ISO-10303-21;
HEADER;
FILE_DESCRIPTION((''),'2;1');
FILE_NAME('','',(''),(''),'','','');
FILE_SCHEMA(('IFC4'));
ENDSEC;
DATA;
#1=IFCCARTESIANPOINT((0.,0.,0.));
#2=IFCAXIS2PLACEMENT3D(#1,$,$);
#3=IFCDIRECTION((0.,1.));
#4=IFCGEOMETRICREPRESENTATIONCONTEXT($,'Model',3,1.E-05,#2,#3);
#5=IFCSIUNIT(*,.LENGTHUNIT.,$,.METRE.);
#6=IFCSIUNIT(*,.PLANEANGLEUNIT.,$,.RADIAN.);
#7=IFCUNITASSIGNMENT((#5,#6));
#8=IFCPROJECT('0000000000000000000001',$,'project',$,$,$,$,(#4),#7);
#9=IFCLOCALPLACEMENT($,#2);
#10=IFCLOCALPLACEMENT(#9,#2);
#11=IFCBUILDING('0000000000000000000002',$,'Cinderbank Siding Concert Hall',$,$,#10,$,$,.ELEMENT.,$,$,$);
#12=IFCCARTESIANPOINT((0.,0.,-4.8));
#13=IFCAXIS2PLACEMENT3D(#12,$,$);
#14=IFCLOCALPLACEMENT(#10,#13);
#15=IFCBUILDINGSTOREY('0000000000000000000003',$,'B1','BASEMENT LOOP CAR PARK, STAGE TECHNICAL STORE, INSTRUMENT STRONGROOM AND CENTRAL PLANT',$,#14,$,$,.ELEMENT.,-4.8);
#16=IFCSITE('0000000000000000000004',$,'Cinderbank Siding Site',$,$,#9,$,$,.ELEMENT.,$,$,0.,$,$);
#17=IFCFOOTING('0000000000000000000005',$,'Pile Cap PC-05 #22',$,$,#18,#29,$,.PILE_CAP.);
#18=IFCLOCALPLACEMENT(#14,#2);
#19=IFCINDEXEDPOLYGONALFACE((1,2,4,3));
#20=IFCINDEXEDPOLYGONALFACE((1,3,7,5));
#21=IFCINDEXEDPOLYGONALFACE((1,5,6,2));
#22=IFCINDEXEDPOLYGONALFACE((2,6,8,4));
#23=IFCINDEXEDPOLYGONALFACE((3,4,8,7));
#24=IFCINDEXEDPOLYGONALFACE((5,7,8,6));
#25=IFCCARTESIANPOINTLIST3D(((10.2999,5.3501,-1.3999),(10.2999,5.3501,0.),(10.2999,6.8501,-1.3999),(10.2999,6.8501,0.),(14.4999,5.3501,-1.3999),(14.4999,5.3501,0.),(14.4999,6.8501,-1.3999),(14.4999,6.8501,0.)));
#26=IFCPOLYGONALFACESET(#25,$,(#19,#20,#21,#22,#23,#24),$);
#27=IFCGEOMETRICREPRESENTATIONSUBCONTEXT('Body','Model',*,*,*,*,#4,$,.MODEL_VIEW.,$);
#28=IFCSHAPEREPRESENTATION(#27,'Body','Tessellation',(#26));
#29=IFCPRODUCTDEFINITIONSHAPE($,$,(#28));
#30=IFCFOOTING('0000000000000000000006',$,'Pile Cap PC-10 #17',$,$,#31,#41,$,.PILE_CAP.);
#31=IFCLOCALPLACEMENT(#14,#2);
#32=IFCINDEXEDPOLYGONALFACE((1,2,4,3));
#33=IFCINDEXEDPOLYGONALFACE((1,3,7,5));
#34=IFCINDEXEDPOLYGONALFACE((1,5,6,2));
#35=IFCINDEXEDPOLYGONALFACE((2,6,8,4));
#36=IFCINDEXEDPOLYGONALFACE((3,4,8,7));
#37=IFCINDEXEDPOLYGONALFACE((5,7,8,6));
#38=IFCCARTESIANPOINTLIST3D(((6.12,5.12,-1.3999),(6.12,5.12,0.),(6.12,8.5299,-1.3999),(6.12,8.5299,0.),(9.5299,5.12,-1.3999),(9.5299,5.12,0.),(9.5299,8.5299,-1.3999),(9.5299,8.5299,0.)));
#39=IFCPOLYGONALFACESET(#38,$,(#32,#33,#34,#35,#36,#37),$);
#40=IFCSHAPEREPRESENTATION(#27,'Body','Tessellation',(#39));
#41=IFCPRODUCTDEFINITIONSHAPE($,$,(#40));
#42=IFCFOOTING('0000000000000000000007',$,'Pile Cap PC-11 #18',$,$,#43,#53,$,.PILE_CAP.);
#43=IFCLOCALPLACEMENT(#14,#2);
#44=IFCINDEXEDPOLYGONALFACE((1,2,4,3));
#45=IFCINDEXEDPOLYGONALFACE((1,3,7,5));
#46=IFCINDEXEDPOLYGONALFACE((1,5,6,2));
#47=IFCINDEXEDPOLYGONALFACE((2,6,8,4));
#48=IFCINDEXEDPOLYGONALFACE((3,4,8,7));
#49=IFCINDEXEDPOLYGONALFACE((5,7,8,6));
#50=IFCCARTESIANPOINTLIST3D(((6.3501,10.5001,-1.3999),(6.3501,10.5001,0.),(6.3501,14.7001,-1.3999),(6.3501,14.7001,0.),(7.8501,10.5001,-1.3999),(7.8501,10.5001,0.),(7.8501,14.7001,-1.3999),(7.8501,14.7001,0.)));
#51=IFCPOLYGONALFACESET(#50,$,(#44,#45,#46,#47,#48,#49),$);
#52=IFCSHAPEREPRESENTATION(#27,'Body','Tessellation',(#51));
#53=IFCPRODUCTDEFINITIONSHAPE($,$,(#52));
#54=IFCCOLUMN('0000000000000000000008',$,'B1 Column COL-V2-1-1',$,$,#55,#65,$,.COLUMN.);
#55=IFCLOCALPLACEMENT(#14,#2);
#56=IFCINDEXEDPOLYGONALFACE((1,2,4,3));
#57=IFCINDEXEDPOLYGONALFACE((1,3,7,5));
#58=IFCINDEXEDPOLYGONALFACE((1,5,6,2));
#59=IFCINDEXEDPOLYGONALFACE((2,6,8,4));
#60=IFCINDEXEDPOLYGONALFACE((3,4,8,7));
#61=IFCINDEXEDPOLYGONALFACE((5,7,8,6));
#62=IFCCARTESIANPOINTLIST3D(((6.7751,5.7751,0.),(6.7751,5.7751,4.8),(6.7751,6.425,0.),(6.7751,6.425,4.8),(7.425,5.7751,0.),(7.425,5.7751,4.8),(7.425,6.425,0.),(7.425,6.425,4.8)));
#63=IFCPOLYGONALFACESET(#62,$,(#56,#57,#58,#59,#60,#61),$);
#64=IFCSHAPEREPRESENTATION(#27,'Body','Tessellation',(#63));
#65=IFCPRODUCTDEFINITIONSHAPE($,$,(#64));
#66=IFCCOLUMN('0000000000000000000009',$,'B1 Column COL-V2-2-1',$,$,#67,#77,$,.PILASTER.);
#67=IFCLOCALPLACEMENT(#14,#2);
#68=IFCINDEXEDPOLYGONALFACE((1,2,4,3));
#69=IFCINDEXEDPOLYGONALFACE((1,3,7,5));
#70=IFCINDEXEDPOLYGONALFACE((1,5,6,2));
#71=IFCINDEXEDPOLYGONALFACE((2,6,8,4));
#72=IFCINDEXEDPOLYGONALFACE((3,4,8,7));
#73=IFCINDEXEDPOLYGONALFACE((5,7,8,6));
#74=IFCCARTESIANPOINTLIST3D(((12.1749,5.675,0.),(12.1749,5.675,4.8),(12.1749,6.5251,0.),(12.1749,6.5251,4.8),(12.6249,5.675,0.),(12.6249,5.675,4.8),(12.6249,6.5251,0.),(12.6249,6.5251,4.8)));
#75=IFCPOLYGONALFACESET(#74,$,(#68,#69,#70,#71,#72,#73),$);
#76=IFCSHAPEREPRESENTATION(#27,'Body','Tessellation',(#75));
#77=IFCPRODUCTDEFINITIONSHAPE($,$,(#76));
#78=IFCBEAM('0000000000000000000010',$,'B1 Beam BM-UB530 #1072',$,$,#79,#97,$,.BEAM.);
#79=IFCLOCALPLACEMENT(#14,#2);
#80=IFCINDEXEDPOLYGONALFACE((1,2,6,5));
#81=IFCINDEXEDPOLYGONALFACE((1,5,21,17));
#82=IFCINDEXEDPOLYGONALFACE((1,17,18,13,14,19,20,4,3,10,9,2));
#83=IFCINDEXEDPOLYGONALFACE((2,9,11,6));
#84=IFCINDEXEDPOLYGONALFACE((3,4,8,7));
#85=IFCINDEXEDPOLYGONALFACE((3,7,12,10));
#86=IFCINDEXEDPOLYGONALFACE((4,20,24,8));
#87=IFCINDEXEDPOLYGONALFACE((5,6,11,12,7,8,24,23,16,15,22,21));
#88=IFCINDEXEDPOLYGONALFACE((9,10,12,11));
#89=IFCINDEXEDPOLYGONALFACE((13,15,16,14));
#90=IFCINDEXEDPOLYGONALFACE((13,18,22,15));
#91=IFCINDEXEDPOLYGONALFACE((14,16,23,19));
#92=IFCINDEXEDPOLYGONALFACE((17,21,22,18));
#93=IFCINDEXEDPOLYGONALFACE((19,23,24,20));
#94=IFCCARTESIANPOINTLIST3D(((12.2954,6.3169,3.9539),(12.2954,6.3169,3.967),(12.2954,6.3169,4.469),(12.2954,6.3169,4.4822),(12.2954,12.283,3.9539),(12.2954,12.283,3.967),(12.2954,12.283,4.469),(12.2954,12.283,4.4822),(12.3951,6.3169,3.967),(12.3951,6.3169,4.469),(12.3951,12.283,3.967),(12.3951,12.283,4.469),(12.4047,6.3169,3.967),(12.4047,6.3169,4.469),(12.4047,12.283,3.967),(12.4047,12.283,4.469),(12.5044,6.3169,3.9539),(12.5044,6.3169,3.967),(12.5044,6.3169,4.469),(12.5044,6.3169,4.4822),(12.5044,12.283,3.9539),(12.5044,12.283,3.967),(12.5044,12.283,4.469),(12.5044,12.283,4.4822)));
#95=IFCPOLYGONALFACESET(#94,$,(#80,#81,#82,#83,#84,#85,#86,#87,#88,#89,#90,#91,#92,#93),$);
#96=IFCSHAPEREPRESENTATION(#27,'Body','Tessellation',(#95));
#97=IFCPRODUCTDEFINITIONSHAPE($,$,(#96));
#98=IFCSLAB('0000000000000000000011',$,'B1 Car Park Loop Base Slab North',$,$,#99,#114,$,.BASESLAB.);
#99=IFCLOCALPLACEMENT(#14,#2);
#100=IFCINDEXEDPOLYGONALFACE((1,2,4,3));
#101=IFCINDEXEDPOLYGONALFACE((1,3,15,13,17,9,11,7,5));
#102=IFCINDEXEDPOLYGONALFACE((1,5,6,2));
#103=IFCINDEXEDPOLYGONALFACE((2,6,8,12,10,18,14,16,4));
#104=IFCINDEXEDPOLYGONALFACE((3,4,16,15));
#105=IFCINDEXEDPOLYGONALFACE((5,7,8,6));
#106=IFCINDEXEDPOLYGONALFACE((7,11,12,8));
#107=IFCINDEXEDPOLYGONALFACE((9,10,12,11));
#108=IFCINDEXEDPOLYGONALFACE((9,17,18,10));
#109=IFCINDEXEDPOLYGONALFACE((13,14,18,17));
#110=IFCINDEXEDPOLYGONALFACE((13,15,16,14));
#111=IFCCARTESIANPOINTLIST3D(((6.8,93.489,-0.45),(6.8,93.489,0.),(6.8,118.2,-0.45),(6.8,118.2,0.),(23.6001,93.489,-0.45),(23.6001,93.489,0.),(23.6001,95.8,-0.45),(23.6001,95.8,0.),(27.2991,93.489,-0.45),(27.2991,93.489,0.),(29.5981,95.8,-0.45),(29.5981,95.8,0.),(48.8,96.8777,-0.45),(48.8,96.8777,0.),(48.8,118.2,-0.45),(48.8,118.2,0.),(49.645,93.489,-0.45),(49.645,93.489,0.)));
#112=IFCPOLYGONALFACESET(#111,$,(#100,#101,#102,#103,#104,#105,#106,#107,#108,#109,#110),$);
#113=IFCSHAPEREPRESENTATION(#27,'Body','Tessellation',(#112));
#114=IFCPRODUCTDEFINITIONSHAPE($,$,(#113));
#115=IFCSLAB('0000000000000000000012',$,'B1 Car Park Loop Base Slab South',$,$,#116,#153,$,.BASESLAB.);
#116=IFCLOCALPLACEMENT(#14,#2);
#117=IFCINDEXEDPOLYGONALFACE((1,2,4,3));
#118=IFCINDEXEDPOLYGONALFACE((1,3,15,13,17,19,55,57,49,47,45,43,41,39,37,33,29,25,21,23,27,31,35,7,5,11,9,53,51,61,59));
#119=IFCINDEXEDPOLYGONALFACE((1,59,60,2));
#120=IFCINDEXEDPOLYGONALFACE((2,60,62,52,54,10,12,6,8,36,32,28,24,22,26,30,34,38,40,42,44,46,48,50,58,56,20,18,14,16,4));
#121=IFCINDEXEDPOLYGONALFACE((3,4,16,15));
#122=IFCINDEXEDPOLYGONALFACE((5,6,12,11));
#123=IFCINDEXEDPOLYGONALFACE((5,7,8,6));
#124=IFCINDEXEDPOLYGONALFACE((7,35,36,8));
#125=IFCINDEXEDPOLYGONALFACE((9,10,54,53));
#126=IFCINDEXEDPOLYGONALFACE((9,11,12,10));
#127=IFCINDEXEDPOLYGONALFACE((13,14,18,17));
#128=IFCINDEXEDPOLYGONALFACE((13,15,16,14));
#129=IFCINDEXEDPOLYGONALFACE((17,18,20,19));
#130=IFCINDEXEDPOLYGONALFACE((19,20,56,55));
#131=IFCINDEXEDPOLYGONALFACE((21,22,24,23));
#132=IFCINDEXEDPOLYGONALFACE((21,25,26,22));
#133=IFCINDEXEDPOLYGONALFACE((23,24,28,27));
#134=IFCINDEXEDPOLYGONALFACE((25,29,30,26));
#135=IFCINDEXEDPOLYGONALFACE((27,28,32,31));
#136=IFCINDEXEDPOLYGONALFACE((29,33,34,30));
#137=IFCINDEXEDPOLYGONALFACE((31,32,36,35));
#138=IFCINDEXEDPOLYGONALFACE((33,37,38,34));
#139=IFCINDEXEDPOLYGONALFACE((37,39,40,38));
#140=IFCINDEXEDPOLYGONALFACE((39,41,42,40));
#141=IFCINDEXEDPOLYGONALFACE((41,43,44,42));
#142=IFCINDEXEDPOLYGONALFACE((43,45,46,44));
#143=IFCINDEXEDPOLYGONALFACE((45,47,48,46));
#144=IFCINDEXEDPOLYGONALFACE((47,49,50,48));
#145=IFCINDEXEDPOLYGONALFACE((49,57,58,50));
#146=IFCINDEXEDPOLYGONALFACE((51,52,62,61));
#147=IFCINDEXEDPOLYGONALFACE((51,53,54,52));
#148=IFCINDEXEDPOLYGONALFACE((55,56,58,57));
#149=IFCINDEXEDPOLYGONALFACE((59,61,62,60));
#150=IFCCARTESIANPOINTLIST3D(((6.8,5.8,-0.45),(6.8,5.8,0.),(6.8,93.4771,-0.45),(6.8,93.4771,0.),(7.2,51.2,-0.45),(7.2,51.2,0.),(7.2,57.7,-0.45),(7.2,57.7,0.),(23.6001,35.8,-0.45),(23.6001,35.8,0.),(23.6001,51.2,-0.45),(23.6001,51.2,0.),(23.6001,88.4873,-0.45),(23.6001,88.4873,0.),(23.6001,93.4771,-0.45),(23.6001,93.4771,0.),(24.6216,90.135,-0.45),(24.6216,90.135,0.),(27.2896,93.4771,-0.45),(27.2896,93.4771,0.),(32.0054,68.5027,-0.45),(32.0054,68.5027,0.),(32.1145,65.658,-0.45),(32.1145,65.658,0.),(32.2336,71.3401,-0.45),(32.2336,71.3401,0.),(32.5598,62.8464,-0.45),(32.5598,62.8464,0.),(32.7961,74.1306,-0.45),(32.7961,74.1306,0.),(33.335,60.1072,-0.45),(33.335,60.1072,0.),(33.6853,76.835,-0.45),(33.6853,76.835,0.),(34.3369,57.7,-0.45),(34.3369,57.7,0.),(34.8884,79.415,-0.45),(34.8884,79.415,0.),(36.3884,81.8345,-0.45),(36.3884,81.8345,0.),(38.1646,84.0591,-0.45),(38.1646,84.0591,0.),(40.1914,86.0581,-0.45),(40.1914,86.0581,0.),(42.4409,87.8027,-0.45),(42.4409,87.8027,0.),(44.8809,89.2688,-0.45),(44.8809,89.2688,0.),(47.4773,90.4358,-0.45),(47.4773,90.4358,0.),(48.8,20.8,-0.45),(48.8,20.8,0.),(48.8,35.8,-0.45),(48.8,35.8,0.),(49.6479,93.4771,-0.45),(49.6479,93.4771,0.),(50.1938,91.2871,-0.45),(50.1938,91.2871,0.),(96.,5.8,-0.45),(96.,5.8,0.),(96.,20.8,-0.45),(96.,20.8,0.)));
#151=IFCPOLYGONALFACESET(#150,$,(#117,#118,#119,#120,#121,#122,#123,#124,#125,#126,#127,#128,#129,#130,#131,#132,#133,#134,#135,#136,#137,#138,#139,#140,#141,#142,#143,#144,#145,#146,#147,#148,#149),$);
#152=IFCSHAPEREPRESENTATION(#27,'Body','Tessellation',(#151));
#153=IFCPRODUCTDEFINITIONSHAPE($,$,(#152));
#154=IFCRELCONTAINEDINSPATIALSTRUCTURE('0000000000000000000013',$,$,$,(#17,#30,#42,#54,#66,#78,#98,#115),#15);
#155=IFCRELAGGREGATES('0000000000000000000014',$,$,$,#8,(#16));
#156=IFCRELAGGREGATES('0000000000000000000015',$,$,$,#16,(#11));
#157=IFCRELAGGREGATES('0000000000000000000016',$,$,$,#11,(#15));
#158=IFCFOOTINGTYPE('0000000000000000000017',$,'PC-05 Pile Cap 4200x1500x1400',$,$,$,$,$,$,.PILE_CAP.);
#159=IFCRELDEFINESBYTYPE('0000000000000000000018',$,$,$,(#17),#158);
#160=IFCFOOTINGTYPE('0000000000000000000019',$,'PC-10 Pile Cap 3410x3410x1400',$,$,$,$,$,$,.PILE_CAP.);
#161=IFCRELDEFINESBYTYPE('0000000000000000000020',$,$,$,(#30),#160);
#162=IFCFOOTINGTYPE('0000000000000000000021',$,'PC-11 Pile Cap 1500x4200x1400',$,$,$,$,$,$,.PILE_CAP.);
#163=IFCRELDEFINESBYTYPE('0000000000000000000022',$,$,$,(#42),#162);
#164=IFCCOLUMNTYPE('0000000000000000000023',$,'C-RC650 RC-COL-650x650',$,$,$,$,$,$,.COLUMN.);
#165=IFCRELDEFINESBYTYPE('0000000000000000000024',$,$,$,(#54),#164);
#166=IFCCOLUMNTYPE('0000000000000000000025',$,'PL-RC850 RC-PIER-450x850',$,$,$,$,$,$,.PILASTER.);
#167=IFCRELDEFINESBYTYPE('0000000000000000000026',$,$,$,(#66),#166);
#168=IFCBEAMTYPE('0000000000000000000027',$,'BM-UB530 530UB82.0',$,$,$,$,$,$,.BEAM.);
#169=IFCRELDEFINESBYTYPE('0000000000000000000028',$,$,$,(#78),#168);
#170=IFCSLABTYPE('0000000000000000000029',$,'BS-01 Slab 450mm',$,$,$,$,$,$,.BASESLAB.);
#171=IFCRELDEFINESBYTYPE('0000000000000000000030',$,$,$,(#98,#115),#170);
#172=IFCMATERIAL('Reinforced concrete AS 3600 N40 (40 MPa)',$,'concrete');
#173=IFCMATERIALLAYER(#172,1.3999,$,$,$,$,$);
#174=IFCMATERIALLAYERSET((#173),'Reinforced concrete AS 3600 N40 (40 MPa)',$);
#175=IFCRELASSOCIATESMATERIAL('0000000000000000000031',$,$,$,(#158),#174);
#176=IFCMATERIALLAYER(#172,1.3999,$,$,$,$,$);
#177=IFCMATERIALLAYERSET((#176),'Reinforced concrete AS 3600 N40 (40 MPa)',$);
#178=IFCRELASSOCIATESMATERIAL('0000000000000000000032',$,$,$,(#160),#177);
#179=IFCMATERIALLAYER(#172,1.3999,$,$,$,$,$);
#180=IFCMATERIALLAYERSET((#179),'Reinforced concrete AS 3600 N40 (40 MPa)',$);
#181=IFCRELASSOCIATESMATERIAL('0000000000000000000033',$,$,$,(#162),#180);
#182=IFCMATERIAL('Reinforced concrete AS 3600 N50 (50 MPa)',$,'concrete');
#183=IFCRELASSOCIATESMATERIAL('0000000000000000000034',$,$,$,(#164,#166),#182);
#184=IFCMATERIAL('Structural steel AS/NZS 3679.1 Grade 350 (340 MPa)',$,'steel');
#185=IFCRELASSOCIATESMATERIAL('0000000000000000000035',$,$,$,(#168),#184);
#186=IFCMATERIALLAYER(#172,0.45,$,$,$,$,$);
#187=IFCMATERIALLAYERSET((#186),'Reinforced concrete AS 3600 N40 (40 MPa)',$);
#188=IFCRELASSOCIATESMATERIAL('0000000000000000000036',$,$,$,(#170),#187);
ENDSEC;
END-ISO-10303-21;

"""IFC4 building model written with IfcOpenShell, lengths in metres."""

from ifc_helpers import new_model, si_unit, direction, frame, origin, origin_2d, place, context, subcontext, project, spatial, polyline, rectangle, i_section, outline, extrude, material, layer, layer_set, material_profile, profile_set, type_object, element, save


model = new_model("IFC4")

# Units and contexts
model_context = context("Model", 3, precision=1e-05, world=origin(), true_north=direction((0.0, 1.0)))
body_context = subcontext(model_context, "Body", "Model", "MODEL_VIEW")
ifc_project = project(units=[si_unit("LENGTHUNIT", "METRE"), si_unit("PLANEANGLEUNIT", "RADIAN")], contexts=[model_context])

# Site, building, storey
site_placement = place(None, origin())
site = spatial("IfcSite", under=ifc_project, at=site_placement, Name="Cinderbank Siding Site", CompositionType="ELEMENT", RefElevation=0.0)
building_placement = place(site_placement, origin())
building = spatial("IfcBuilding", under=site, at=building_placement, Name="Cinderbank Siding Concert Hall", CompositionType="ELEMENT")
storey_placement = place(building_placement, frame((0.0, 0.0, -4.8)))
storey = spatial("IfcBuildingStorey", under=building, at=storey_placement, Name="B1", Description="BASEMENT LOOP CAR PARK, STAGE TECHNICAL STORE, INSTRUMENT STRONGROOM AND CENTRAL PLANT", CompositionType="ELEMENT", Elevation=-4.8)

# Shared definitions
ifc_material_1 = material(Name="Reinforced concrete AS 3600 N40 (40 MPa)", Category="concrete")

# Footings
ifc_layer_1 = layer(ifc_material_1, 1.3999)
ifc_layer_set_1 = layer_set([ifc_layer_1], Name="Reinforced concrete AS 3600 N40 (40 MPa)")
footing_type_1 = type_object("IfcFootingType", Name="PC-05 Pile Cap 4200x1500x1400", PredefinedType="PILE_CAP", material=ifc_layer_set_1)
footing_1_placement = place(storey_placement, frame((12.3999, 6.1001, -1.3999), z_axis=(0.0, 0.0, 1.0), x_axis=(1.0, 0.0, 0.0)))
element("IfcFooting", 1, at=footing_1_placement, inside=storey, type_object=footing_type_1, Name="Pile Cap PC-05 #22", PredefinedType="PILE_CAP", context=body_context, shape_type="SweptSolid", body=[
    extrude(rectangle(XDim=4.2, YDim=1.5, at=origin_2d()), origin(), (0.0, 0.0, 1.0), 1.3999),
])
ifc_layer_2 = layer(ifc_material_1, 1.3999)
ifc_layer_set_2 = layer_set([ifc_layer_2], Name="Reinforced concrete AS 3600 N40 (40 MPa)")
footing_type_2 = type_object("IfcFootingType", Name="PC-10 Pile Cap 3410x3410x1400", PredefinedType="PILE_CAP", material=ifc_layer_set_2)
footing_2_placement = place(storey_placement, frame((7.825, 6.825, -1.3999), z_axis=(0.0, 0.0, 1.0), x_axis=(1.0, 0.0, 0.0)))
element("IfcFooting", 2, at=footing_2_placement, inside=storey, type_object=footing_type_2, Name="Pile Cap PC-10 #17", PredefinedType="PILE_CAP", context=body_context, shape_type="SweptSolid", body=[
    extrude(rectangle(XDim=3.4099, YDim=3.4099, at=origin_2d()), origin(), (0.0, 0.0, 1.0), 1.3999),
])
ifc_layer_3 = layer(ifc_material_1, 1.3999)
ifc_layer_set_3 = layer_set([ifc_layer_3], Name="Reinforced concrete AS 3600 N40 (40 MPa)")
footing_type_3 = type_object("IfcFootingType", Name="PC-11 Pile Cap 1500x4200x1400", PredefinedType="PILE_CAP", material=ifc_layer_set_3)
footing_3_placement = place(storey_placement, frame((7.1001, 12.6001, -1.3999), z_axis=(0.0, 0.0, 1.0), x_axis=(1.0, 0.0, 0.0)))
element("IfcFooting", 3, at=footing_3_placement, inside=storey, type_object=footing_type_3, Name="Pile Cap PC-11 #18", PredefinedType="PILE_CAP", context=body_context, shape_type="SweptSolid", body=[
    extrude(rectangle(XDim=1.5, YDim=4.2, at=origin_2d()), origin(), (0.0, 0.0, 1.0), 1.3999),
])

# Columns
ifc_material_2 = material(Name="Reinforced concrete AS 3600 N50 (50 MPa)", Category="concrete")
ifc_material_profile_1 = material_profile(ifc_material_2, rectangle(XDim=0.6499, YDim=0.6499, at=origin_2d()), Name="RC-COL-650x650", Category="LoadBearing")
ifc_profile_set_1 = profile_set([ifc_material_profile_1], Name="Reinforced concrete AS 3600 N50 (50 MPa)")
column_type_1 = type_object("IfcColumnType", Name="C-RC650 RC-COL-650x650", PredefinedType="COLUMN", material=ifc_profile_set_1)
column_1_placement = place(storey_placement, frame((7.1001, 6.1001, 0.0), z_axis=(0.0, 0.0, 1.0), x_axis=(1.0, 0.0, 0.0)))
element("IfcColumn", 4, at=column_1_placement, inside=storey, type_object=column_type_1, Name="B1 Column COL-V2-1-1", PredefinedType="COLUMN", context=body_context, shape_type="SweptSolid", body=[
    extrude(rectangle(XDim=0.6499, YDim=0.6499, at=origin_2d()), origin(), (0.0, 0.0, 1.0), 4.8),
])
ifc_material_profile_2 = material_profile(ifc_material_2, rectangle(XDim=0.45, YDim=0.8501, at=origin_2d()), Name="RC-PIER-450x850", Category="LoadBearing")
ifc_profile_set_2 = profile_set([ifc_material_profile_2], Name="Reinforced concrete AS 3600 N50 (50 MPa)")
column_type_2 = type_object("IfcColumnType", Name="PL-RC850 RC-PIER-450x850", PredefinedType="PILASTER", material=ifc_profile_set_2)
column_2_placement = place(storey_placement, frame((12.3999, 6.1001, 0.0), z_axis=(0.0, 0.0, 1.0), x_axis=(1.0, 0.0, 0.0)))
element("IfcColumn", 5, at=column_2_placement, inside=storey, type_object=column_type_2, Name="B1 Column COL-V2-2-1", PredefinedType="PILASTER", context=body_context, shape_type="SweptSolid", body=[
    extrude(rectangle(XDim=0.45, YDim=0.8501, at=origin_2d()), origin(), (0.0, 0.0, 1.0), 4.8),
])

# Beam
ifc_material_3 = material(Name="Structural steel AS/NZS 3679.1 Grade 350 (340 MPa)", Category="steel")
ifc_material_profile_3 = material_profile(ifc_material_3, i_section(OverallWidth=0.209, OverallDepth=0.5283, WebThickness=0.0095, FlangeThickness=0.0132, at=origin_2d()), Name="530UB82.0", Category="LoadBearing")
ifc_profile_set_3 = profile_set([ifc_material_profile_3], Name="Structural steel AS/NZS 3679.1 Grade 350 (340 MPa)")
beam_type = type_object("IfcBeamType", Name="BM-UB530 530UB82.0", PredefinedType="BEAM", material=ifc_profile_set_3)
beam_placement = place(storey_placement, frame((12.3999, 6.3169, 4.218), z_axis=(0.0, 1.0, 0.0), x_axis=(-1.0, 0.0, 0.0)))
element("IfcBeam", 6, at=beam_placement, inside=storey, type_object=beam_type, Name="B1 Beam BM-UB530 #1072", PredefinedType="BEAM", context=body_context, shape_type="SweptSolid", body=[
    extrude(i_section(OverallWidth=0.209, OverallDepth=0.5283, WebThickness=0.0095, FlangeThickness=0.0132, at=origin_2d()), origin(), (0.0, 0.0, 1.0), 5.9661),
])

# Slabs
ifc_layer_4 = layer(ifc_material_1, 0.45)
ifc_layer_set_4 = layer_set([ifc_layer_4], Name="Reinforced concrete AS 3600 N40 (40 MPa)")
slab_type_1 = type_object("IfcSlabType", Name="BS-01 Slab 450mm", PredefinedType="BASESLAB", material=ifc_layer_set_4)
slab_1_placement = place(storey_placement, frame((0.0, 0.0, -0.45)))
element("IfcSlab", 7, at=slab_1_placement, inside=storey, type_object=slab_type_1, Name="B1 Car Park Loop Base Slab North", PredefinedType="BASESLAB", context=body_context, shape_type="SweptSolid", body=[
    extrude(outline(polyline([(6.8, 93.489), (6.8, 118.2), (48.8, 118.2), (48.8, 96.8777), (49.645, 93.489), (27.2991, 93.489), (29.5981, 95.8), (23.6001, 95.8), (23.6001, 93.489), (6.8, 93.489)])), origin(), (0.0, 0.0, 1.0), 0.45),
])
slab_2_placement = place(storey_placement, frame((0.0, 0.0, -0.45)))
element("IfcSlab", 8, at=slab_2_placement, inside=storey, type_object=slab_type_1, Name="B1 Car Park Loop Base Slab South", PredefinedType="BASESLAB", context=body_context, shape_type="SweptSolid", body=[
    extrude(outline(polyline([(6.8, 5.8), (6.8, 93.4771), (23.6001, 93.4771), (23.6001, 88.4873), (24.6216, 90.135), (27.2896, 93.4771), (49.6479, 93.4771), (50.1938, 91.2871), (47.4773, 90.4358), (44.8809, 89.2688), (42.4409, 87.8027), (40.1914, 86.0581), (38.1646, 84.0591), (36.3884, 81.8345), (34.8884, 79.415), (33.6853, 76.835), (32.7961, 74.1306), (32.2336, 71.3401), (32.0054, 68.5027), (32.1145, 65.658), (32.5598, 62.8464), (33.335, 60.1072), (34.3369, 57.7), (7.2, 57.7), (7.2, 51.2), (23.6001, 51.2), (23.6001, 35.8), (48.8, 35.8), (48.8, 20.8), (96.0, 20.8), (96.0, 5.8), (6.8, 5.8)])), origin(), (0.0, 0.0, 1.0), 0.45),
])

save(model, "model.ifc")
